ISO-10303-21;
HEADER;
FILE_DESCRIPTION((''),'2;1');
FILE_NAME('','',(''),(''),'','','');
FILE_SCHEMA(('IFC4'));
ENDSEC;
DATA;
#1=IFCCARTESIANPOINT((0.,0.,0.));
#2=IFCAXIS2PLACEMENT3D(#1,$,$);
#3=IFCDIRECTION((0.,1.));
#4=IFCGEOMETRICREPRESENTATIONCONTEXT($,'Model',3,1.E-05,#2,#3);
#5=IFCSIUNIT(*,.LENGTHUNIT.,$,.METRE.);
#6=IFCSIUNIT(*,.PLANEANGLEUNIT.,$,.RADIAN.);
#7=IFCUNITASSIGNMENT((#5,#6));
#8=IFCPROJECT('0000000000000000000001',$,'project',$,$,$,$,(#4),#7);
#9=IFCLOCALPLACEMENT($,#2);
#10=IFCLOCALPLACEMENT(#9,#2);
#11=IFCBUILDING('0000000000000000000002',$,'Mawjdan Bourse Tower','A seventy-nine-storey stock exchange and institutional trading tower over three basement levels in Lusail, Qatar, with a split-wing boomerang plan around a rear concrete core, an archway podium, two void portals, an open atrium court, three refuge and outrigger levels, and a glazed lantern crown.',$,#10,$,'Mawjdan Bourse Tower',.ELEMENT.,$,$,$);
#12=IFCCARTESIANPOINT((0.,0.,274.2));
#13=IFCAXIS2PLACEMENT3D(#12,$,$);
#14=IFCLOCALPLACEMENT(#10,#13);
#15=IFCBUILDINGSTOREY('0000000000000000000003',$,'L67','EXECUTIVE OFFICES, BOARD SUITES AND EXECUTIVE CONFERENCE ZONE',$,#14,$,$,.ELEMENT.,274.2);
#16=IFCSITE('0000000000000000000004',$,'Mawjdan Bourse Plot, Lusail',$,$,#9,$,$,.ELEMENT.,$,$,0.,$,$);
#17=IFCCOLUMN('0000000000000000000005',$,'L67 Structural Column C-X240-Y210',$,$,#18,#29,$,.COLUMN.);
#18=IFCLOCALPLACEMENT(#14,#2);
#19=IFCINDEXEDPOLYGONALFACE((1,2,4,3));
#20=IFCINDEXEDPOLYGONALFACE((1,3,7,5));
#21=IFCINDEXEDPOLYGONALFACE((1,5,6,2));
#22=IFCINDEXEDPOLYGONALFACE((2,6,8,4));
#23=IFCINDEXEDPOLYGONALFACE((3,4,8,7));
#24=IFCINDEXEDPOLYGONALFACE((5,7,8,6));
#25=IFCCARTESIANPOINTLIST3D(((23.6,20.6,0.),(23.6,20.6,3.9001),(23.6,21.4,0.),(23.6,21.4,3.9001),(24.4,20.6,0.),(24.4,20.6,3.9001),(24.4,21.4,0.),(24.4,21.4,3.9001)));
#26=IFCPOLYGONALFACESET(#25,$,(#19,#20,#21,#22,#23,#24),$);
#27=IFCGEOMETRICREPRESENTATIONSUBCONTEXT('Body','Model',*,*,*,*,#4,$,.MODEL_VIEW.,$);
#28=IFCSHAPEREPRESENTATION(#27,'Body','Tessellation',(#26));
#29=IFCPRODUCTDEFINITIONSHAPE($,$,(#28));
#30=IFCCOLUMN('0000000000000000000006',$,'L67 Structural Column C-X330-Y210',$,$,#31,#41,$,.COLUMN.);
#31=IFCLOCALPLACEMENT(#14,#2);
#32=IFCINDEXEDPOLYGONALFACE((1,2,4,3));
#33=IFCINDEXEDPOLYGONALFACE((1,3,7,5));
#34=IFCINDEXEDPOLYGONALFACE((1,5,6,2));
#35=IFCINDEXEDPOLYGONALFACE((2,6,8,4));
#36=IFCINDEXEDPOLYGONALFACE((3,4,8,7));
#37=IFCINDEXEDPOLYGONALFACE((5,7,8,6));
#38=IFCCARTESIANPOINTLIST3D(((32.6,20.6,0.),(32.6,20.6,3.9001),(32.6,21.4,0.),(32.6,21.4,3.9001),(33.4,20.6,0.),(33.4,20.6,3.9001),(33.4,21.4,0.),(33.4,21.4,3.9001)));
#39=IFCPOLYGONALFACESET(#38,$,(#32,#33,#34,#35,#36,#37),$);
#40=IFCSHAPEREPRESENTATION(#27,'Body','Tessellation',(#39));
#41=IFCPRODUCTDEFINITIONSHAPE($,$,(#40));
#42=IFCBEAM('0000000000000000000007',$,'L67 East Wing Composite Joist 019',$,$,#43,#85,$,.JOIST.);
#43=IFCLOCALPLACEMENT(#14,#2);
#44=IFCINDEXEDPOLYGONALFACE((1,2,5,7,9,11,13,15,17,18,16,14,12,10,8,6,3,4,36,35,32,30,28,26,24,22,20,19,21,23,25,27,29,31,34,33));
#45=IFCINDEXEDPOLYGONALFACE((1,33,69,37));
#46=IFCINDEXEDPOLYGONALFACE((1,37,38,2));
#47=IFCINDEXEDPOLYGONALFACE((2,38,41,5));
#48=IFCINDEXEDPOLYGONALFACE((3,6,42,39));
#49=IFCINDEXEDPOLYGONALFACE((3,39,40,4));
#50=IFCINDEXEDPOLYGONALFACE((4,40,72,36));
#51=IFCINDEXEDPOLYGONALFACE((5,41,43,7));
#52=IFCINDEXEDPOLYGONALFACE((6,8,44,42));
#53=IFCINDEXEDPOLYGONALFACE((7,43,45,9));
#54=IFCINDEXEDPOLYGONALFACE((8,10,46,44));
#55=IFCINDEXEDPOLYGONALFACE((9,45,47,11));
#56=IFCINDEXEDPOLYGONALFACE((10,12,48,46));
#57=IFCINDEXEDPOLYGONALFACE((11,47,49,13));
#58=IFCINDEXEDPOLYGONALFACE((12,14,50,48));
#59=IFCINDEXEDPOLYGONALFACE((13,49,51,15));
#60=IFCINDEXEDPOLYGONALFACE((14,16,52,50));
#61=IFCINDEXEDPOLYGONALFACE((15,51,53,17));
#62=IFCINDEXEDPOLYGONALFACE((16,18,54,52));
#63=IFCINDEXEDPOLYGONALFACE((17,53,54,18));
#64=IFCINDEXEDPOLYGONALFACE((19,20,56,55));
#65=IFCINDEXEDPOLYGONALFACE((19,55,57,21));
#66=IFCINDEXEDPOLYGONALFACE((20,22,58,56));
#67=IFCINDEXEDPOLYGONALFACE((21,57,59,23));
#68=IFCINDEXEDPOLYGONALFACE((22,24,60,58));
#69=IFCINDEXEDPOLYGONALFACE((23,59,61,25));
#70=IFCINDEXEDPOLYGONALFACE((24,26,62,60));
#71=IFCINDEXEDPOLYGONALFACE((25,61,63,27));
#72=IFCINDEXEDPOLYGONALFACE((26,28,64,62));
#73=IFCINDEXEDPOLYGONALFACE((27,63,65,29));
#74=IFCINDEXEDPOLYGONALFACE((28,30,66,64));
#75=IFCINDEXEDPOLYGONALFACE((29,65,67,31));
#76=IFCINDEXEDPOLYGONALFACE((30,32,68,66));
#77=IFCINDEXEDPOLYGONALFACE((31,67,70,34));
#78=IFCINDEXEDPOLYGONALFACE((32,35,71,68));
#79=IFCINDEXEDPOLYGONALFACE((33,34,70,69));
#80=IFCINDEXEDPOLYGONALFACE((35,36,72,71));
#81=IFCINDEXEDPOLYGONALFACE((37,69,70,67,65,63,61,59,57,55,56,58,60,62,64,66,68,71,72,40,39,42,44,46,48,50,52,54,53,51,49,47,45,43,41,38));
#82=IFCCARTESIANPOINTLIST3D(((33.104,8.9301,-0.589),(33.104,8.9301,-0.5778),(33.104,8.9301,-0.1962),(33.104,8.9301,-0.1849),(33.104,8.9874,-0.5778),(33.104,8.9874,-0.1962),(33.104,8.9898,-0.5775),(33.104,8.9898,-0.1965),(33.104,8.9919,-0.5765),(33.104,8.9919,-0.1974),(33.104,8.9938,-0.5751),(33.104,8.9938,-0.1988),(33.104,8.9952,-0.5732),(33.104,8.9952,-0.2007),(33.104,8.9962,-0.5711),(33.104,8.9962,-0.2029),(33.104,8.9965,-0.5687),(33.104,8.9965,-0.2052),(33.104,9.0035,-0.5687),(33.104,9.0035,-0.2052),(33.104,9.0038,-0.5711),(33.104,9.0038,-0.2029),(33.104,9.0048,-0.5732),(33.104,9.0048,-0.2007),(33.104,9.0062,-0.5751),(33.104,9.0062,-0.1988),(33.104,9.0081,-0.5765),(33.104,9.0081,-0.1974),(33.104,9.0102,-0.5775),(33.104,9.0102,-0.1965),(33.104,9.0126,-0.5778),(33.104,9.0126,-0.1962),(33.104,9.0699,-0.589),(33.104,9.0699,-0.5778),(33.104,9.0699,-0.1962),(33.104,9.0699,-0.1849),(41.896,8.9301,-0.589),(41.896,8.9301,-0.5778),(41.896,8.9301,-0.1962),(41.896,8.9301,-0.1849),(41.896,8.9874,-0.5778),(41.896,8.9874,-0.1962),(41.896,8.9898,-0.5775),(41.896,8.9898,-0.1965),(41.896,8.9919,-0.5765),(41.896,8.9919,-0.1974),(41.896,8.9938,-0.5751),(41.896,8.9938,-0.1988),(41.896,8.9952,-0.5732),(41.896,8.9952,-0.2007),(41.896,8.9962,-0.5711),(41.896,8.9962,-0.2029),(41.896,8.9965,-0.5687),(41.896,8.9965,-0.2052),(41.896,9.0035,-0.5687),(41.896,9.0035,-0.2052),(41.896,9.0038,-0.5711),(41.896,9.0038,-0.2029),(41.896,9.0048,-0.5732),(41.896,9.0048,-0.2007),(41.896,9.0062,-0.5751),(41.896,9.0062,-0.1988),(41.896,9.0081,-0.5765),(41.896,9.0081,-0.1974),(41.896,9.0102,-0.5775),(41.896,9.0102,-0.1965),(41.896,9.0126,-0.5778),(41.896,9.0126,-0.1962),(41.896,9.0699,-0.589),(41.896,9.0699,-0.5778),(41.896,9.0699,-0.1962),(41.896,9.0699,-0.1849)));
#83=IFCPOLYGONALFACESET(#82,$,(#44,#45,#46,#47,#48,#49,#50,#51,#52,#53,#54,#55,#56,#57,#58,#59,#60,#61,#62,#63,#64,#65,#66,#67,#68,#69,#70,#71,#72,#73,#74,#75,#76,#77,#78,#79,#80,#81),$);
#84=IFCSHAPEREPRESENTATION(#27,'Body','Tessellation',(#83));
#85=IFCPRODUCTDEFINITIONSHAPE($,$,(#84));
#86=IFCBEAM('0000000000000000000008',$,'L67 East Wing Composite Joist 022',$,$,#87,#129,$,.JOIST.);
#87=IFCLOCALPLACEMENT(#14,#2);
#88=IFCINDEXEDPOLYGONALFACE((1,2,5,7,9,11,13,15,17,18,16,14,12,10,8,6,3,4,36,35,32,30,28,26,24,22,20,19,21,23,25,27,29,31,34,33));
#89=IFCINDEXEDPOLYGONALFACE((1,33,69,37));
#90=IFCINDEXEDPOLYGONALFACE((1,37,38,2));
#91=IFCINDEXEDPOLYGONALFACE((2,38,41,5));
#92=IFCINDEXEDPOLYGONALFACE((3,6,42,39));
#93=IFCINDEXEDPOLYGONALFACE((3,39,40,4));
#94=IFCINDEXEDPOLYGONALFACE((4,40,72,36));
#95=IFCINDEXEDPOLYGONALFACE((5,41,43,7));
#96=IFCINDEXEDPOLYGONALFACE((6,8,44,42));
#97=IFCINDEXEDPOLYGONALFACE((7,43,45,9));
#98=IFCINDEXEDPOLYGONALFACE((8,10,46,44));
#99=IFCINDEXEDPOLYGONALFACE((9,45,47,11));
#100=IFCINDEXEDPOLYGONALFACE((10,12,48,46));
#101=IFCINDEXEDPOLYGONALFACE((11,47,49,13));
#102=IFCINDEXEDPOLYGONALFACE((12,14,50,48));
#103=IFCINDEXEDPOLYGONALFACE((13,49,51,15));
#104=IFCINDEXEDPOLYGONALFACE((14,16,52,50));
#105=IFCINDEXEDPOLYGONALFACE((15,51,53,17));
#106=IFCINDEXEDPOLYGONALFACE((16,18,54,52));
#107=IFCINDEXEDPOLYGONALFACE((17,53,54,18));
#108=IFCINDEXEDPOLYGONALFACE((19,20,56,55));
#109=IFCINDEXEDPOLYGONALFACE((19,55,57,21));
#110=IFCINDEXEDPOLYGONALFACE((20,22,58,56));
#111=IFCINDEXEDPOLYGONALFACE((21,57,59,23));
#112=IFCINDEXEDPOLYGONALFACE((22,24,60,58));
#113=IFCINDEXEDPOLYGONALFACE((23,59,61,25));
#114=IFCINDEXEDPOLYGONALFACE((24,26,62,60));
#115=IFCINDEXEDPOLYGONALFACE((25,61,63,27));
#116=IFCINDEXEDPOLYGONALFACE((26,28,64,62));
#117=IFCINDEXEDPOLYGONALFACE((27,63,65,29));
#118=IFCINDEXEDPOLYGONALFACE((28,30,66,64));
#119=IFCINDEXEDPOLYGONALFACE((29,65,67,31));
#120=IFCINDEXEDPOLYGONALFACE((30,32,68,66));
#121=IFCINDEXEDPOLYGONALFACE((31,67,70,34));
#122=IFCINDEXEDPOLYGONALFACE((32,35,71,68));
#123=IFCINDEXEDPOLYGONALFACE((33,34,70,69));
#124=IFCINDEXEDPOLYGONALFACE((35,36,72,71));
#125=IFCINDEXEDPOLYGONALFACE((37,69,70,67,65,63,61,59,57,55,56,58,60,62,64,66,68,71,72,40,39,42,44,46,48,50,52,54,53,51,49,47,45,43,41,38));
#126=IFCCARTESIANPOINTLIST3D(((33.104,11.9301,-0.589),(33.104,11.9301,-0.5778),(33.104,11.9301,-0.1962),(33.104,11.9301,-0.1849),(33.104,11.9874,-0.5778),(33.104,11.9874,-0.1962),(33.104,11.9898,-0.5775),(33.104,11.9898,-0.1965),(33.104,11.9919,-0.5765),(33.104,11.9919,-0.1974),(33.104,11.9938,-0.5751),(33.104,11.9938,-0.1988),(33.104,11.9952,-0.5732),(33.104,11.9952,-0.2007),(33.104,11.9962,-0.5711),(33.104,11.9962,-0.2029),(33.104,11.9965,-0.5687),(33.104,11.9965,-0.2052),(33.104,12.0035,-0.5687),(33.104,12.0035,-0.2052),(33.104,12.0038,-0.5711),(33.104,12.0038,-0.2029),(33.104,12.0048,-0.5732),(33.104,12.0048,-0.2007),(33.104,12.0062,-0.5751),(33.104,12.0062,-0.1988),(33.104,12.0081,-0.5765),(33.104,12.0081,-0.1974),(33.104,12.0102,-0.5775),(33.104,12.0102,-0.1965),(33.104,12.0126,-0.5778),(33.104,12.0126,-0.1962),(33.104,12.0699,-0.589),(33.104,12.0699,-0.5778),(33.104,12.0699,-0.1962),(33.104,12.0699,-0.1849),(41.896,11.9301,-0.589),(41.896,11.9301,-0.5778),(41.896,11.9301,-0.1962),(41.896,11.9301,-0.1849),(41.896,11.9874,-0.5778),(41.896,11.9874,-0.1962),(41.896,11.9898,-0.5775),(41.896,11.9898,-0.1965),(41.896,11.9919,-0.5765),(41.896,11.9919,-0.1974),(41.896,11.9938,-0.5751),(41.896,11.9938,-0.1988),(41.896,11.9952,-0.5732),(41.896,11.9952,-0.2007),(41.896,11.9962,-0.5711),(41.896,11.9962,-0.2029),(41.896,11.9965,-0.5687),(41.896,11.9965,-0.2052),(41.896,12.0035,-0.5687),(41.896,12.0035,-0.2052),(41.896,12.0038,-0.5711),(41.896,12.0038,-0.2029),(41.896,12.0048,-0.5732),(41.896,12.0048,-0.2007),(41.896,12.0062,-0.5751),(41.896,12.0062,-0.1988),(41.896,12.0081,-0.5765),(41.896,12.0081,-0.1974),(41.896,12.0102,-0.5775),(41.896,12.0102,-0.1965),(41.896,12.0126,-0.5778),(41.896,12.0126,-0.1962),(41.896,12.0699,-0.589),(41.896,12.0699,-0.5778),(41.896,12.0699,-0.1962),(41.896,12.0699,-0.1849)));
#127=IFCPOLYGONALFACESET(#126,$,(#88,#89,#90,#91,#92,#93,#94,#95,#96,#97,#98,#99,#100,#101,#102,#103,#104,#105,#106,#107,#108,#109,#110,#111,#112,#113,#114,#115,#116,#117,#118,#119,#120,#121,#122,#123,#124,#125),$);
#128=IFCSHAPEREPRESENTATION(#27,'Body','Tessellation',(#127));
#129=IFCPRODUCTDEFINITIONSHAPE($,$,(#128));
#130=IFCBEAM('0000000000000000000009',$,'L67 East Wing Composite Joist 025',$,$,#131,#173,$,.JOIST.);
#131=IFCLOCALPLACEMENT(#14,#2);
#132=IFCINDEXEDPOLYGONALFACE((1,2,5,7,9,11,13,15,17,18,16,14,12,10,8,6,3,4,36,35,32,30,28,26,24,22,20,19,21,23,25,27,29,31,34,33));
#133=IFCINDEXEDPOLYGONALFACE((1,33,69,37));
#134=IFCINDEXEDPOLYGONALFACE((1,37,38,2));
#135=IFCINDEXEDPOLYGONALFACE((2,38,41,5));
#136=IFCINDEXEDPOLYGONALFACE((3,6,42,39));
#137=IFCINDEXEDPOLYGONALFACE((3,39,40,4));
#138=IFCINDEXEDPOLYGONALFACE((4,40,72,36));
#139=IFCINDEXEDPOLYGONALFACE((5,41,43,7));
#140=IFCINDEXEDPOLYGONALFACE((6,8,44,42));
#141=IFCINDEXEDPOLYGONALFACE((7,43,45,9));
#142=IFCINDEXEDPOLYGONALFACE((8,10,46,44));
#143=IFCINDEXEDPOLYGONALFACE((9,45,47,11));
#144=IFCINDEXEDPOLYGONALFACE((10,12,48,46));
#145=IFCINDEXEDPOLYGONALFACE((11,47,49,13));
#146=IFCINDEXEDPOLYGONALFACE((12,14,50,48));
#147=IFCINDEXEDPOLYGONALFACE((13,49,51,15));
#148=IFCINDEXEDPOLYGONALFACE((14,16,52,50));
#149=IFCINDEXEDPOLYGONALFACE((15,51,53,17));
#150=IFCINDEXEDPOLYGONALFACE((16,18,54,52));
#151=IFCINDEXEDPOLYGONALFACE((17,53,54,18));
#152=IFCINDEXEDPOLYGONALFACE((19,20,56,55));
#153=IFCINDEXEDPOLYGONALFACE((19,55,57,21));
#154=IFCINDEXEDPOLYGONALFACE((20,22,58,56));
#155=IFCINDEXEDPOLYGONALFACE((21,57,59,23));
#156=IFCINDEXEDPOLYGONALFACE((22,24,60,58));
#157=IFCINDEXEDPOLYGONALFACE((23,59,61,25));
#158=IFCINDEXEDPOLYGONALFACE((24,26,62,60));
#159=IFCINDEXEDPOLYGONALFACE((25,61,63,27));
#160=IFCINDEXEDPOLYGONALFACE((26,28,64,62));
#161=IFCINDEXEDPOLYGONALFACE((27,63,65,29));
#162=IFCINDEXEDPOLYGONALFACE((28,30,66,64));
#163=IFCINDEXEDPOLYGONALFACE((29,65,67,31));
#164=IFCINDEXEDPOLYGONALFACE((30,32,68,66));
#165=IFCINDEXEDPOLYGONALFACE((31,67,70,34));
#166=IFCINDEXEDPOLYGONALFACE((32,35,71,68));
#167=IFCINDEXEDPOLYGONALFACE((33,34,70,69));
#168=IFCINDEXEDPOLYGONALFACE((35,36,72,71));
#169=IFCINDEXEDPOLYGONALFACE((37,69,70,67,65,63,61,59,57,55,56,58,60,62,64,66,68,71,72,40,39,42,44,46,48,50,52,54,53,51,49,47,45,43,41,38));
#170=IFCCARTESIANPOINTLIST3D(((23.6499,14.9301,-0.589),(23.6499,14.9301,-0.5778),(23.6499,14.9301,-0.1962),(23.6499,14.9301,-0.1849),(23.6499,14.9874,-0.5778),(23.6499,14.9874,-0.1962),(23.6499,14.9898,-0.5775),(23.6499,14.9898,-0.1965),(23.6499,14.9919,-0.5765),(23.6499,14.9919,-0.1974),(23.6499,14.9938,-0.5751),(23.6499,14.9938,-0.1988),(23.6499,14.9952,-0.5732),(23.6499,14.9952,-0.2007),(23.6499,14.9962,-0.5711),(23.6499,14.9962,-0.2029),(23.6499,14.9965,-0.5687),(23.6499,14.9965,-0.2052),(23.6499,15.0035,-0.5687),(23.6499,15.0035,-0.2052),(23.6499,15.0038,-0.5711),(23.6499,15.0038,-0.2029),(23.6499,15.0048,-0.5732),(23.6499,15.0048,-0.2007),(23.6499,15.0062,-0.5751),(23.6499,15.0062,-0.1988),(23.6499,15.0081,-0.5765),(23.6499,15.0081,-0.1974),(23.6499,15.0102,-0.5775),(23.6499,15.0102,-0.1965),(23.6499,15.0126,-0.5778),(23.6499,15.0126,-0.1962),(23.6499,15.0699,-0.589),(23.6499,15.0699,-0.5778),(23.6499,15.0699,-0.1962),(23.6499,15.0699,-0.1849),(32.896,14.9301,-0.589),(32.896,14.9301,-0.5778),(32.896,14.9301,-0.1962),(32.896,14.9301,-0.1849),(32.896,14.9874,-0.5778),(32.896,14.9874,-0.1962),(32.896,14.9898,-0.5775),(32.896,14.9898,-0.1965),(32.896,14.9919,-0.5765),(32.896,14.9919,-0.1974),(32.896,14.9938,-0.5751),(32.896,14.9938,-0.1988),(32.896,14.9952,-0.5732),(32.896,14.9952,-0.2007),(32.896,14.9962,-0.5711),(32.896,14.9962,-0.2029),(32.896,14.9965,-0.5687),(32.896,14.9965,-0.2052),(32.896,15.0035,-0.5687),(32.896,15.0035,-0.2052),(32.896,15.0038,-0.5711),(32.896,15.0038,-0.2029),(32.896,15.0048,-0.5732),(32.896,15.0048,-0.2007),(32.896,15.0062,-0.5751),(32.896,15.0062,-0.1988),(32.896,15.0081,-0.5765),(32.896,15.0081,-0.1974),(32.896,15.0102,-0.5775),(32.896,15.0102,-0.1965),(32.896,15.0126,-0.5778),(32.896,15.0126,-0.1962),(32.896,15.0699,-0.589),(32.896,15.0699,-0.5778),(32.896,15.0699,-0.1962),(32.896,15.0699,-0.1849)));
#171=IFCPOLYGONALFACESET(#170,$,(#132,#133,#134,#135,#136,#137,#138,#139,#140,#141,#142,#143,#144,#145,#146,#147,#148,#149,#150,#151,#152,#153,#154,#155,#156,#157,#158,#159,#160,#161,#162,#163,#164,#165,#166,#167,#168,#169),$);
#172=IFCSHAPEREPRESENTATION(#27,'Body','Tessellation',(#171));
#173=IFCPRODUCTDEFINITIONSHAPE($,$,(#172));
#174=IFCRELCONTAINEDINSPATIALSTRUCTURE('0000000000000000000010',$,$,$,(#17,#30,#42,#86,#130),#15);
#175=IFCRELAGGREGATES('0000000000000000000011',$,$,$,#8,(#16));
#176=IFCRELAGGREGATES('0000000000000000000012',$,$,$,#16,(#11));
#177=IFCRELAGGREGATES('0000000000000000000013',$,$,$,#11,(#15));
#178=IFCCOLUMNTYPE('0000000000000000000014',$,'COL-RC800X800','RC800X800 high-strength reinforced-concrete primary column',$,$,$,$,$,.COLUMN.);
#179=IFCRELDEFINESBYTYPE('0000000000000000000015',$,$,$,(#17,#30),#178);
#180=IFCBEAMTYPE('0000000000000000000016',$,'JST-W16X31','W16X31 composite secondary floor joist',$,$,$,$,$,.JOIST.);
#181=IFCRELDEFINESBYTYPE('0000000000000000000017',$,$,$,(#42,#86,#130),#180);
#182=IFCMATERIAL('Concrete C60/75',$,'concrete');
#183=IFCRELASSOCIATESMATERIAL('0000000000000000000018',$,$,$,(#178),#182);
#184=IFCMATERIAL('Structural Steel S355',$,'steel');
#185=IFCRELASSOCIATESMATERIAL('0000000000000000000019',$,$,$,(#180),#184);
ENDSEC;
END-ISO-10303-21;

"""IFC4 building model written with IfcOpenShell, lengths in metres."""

from ifc_helpers import new_model, si_unit, direction, frame, origin, origin_2d, place, context, subcontext, project, spatial, rectangle, i_section, extrude, material, material_profile, profile_set, type_object, element, save


model = new_model("IFC4")

# Units and contexts
model_context = context("Model", 3, precision=1e-05, world=origin(), true_north=direction((0.0, 1.0)))
body_context = subcontext(model_context, "Body", "Model", "MODEL_VIEW")
ifc_project = project(units=[si_unit("LENGTHUNIT", "METRE"), si_unit("PLANEANGLEUNIT", "RADIAN")], contexts=[model_context])

# Site, building, storey
site_placement = place(None, origin())
site = spatial("IfcSite", under=ifc_project, at=site_placement, Name="Mawjdan Bourse Plot, Lusail", CompositionType="ELEMENT", RefElevation=0.0)
building_placement = place(site_placement, origin())
building = spatial("IfcBuilding", under=site, at=building_placement, Name="Mawjdan Bourse Tower", Description="A seventy-nine-storey stock exchange and institutional trading tower over three basement levels in Lusail, Qatar, with a split-wing boomerang plan around a rear concrete core, an archway podium, two void portals, an open atrium court, three refuge and outrigger levels, and a glazed lantern crown.", LongName="Mawjdan Bourse Tower", CompositionType="ELEMENT")
storey_placement = place(building_placement, frame((0.0, 0.0, 274.2)))
storey = spatial("IfcBuildingStorey", under=building, at=storey_placement, Name="L67", Description="EXECUTIVE OFFICES, BOARD SUITES AND EXECUTIVE CONFERENCE ZONE", CompositionType="ELEMENT", Elevation=274.2)

# Columns
ifc_material_1 = material(Name="Concrete C60/75", Category="concrete")
ifc_material_profile_1 = material_profile(ifc_material_1, rectangle(XDim=0.8, YDim=0.8, at=origin_2d()), Name="RC800X800")
ifc_profile_set_1 = profile_set([ifc_material_profile_1], Name="Concrete C60/75")
column_type = type_object("IfcColumnType", Name="COL-RC800X800", Description="RC800X800 high-strength reinforced-concrete primary column", PredefinedType="COLUMN", material=ifc_profile_set_1)
for number, where, z_axis, x_axis, name in (
    (1, (24.0, 21.0, 0.0), (0.0, 0.0, 1.0), (1.0, 0.0, 0.0), "L67 Structural Column C-X240-Y210"),
    (2, (33.0, 21.0, 0.0), (0.0, 0.0, 1.0), (1.0, 0.0, 0.0), "L67 Structural Column C-X330-Y210"),
):
    element("IfcColumn", number, at=place(storey_placement, frame(where, z_axis=z_axis, x_axis=x_axis)), inside=storey, type_object=column_type, Name=name, PredefinedType="COLUMN", context=body_context, shape_type="SweptSolid", body=[
        extrude(rectangle(XDim=0.8, YDim=0.8, at=origin_2d()), origin(), (0.0, 0.0, 1.0), 3.9001),
    ])

# Beams
ifc_material_2 = material(Name="Structural Steel S355", Category="steel")
ifc_material_profile_2 = material_profile(ifc_material_2, i_section(OverallWidth=0.1399, OverallDepth=0.4041, WebThickness=0.0071, FlangeThickness=0.0112, FilletRadius=0.009, at=origin_2d()), Name="W16X31")
ifc_profile_set_2 = profile_set([ifc_material_profile_2], Name="Structural Steel S355")
beam_type_1 = type_object("IfcBeamType", Name="JST-W16X31", Description="W16X31 composite secondary floor joist", PredefinedType="JOIST", material=ifc_profile_set_2)
for number, where, z_axis, x_axis, name in (
    (3, (33.104, 9.0, -0.387), (1.0, 0.0, 0.0), (0.0, 1.0, 0.0), "L67 East Wing Composite Joist 019"),
    (4, (33.104, 12.0, -0.387), (1.0, 0.0, 0.0), (0.0, 1.0, 0.0), "L67 East Wing Composite Joist 022"),
):
    element("IfcBeam", number, at=place(storey_placement, frame(where, z_axis=z_axis, x_axis=x_axis)), inside=storey, type_object=beam_type_1, Name=name, PredefinedType="JOIST", context=body_context, shape_type="SweptSolid", body=[
        extrude(i_section(OverallWidth=0.1399, OverallDepth=0.4041, WebThickness=0.0071, FlangeThickness=0.0112, FilletRadius=0.009, at=origin_2d()), origin(), (0.0, 0.0, 1.0), 8.792),
    ])
for number, where, z_axis, x_axis, name in (
    (5, (23.6499, 15.0, -0.387), (1.0, 0.0, 0.0), (0.0, 1.0, 0.0), "L67 East Wing Composite Joist 025"),
):
    element("IfcBeam", number, at=place(storey_placement, frame(where, z_axis=z_axis, x_axis=x_axis)), inside=storey, type_object=beam_type_1, Name=name, PredefinedType="JOIST", context=body_context, shape_type="SweptSolid", body=[
        extrude(i_section(OverallWidth=0.1399, OverallDepth=0.4041, WebThickness=0.0071, FlangeThickness=0.0112, FilletRadius=0.009, at=origin_2d()), origin(), (0.0, 0.0, 1.0), 9.2461),
    ])

save(model, "model.ifc")
